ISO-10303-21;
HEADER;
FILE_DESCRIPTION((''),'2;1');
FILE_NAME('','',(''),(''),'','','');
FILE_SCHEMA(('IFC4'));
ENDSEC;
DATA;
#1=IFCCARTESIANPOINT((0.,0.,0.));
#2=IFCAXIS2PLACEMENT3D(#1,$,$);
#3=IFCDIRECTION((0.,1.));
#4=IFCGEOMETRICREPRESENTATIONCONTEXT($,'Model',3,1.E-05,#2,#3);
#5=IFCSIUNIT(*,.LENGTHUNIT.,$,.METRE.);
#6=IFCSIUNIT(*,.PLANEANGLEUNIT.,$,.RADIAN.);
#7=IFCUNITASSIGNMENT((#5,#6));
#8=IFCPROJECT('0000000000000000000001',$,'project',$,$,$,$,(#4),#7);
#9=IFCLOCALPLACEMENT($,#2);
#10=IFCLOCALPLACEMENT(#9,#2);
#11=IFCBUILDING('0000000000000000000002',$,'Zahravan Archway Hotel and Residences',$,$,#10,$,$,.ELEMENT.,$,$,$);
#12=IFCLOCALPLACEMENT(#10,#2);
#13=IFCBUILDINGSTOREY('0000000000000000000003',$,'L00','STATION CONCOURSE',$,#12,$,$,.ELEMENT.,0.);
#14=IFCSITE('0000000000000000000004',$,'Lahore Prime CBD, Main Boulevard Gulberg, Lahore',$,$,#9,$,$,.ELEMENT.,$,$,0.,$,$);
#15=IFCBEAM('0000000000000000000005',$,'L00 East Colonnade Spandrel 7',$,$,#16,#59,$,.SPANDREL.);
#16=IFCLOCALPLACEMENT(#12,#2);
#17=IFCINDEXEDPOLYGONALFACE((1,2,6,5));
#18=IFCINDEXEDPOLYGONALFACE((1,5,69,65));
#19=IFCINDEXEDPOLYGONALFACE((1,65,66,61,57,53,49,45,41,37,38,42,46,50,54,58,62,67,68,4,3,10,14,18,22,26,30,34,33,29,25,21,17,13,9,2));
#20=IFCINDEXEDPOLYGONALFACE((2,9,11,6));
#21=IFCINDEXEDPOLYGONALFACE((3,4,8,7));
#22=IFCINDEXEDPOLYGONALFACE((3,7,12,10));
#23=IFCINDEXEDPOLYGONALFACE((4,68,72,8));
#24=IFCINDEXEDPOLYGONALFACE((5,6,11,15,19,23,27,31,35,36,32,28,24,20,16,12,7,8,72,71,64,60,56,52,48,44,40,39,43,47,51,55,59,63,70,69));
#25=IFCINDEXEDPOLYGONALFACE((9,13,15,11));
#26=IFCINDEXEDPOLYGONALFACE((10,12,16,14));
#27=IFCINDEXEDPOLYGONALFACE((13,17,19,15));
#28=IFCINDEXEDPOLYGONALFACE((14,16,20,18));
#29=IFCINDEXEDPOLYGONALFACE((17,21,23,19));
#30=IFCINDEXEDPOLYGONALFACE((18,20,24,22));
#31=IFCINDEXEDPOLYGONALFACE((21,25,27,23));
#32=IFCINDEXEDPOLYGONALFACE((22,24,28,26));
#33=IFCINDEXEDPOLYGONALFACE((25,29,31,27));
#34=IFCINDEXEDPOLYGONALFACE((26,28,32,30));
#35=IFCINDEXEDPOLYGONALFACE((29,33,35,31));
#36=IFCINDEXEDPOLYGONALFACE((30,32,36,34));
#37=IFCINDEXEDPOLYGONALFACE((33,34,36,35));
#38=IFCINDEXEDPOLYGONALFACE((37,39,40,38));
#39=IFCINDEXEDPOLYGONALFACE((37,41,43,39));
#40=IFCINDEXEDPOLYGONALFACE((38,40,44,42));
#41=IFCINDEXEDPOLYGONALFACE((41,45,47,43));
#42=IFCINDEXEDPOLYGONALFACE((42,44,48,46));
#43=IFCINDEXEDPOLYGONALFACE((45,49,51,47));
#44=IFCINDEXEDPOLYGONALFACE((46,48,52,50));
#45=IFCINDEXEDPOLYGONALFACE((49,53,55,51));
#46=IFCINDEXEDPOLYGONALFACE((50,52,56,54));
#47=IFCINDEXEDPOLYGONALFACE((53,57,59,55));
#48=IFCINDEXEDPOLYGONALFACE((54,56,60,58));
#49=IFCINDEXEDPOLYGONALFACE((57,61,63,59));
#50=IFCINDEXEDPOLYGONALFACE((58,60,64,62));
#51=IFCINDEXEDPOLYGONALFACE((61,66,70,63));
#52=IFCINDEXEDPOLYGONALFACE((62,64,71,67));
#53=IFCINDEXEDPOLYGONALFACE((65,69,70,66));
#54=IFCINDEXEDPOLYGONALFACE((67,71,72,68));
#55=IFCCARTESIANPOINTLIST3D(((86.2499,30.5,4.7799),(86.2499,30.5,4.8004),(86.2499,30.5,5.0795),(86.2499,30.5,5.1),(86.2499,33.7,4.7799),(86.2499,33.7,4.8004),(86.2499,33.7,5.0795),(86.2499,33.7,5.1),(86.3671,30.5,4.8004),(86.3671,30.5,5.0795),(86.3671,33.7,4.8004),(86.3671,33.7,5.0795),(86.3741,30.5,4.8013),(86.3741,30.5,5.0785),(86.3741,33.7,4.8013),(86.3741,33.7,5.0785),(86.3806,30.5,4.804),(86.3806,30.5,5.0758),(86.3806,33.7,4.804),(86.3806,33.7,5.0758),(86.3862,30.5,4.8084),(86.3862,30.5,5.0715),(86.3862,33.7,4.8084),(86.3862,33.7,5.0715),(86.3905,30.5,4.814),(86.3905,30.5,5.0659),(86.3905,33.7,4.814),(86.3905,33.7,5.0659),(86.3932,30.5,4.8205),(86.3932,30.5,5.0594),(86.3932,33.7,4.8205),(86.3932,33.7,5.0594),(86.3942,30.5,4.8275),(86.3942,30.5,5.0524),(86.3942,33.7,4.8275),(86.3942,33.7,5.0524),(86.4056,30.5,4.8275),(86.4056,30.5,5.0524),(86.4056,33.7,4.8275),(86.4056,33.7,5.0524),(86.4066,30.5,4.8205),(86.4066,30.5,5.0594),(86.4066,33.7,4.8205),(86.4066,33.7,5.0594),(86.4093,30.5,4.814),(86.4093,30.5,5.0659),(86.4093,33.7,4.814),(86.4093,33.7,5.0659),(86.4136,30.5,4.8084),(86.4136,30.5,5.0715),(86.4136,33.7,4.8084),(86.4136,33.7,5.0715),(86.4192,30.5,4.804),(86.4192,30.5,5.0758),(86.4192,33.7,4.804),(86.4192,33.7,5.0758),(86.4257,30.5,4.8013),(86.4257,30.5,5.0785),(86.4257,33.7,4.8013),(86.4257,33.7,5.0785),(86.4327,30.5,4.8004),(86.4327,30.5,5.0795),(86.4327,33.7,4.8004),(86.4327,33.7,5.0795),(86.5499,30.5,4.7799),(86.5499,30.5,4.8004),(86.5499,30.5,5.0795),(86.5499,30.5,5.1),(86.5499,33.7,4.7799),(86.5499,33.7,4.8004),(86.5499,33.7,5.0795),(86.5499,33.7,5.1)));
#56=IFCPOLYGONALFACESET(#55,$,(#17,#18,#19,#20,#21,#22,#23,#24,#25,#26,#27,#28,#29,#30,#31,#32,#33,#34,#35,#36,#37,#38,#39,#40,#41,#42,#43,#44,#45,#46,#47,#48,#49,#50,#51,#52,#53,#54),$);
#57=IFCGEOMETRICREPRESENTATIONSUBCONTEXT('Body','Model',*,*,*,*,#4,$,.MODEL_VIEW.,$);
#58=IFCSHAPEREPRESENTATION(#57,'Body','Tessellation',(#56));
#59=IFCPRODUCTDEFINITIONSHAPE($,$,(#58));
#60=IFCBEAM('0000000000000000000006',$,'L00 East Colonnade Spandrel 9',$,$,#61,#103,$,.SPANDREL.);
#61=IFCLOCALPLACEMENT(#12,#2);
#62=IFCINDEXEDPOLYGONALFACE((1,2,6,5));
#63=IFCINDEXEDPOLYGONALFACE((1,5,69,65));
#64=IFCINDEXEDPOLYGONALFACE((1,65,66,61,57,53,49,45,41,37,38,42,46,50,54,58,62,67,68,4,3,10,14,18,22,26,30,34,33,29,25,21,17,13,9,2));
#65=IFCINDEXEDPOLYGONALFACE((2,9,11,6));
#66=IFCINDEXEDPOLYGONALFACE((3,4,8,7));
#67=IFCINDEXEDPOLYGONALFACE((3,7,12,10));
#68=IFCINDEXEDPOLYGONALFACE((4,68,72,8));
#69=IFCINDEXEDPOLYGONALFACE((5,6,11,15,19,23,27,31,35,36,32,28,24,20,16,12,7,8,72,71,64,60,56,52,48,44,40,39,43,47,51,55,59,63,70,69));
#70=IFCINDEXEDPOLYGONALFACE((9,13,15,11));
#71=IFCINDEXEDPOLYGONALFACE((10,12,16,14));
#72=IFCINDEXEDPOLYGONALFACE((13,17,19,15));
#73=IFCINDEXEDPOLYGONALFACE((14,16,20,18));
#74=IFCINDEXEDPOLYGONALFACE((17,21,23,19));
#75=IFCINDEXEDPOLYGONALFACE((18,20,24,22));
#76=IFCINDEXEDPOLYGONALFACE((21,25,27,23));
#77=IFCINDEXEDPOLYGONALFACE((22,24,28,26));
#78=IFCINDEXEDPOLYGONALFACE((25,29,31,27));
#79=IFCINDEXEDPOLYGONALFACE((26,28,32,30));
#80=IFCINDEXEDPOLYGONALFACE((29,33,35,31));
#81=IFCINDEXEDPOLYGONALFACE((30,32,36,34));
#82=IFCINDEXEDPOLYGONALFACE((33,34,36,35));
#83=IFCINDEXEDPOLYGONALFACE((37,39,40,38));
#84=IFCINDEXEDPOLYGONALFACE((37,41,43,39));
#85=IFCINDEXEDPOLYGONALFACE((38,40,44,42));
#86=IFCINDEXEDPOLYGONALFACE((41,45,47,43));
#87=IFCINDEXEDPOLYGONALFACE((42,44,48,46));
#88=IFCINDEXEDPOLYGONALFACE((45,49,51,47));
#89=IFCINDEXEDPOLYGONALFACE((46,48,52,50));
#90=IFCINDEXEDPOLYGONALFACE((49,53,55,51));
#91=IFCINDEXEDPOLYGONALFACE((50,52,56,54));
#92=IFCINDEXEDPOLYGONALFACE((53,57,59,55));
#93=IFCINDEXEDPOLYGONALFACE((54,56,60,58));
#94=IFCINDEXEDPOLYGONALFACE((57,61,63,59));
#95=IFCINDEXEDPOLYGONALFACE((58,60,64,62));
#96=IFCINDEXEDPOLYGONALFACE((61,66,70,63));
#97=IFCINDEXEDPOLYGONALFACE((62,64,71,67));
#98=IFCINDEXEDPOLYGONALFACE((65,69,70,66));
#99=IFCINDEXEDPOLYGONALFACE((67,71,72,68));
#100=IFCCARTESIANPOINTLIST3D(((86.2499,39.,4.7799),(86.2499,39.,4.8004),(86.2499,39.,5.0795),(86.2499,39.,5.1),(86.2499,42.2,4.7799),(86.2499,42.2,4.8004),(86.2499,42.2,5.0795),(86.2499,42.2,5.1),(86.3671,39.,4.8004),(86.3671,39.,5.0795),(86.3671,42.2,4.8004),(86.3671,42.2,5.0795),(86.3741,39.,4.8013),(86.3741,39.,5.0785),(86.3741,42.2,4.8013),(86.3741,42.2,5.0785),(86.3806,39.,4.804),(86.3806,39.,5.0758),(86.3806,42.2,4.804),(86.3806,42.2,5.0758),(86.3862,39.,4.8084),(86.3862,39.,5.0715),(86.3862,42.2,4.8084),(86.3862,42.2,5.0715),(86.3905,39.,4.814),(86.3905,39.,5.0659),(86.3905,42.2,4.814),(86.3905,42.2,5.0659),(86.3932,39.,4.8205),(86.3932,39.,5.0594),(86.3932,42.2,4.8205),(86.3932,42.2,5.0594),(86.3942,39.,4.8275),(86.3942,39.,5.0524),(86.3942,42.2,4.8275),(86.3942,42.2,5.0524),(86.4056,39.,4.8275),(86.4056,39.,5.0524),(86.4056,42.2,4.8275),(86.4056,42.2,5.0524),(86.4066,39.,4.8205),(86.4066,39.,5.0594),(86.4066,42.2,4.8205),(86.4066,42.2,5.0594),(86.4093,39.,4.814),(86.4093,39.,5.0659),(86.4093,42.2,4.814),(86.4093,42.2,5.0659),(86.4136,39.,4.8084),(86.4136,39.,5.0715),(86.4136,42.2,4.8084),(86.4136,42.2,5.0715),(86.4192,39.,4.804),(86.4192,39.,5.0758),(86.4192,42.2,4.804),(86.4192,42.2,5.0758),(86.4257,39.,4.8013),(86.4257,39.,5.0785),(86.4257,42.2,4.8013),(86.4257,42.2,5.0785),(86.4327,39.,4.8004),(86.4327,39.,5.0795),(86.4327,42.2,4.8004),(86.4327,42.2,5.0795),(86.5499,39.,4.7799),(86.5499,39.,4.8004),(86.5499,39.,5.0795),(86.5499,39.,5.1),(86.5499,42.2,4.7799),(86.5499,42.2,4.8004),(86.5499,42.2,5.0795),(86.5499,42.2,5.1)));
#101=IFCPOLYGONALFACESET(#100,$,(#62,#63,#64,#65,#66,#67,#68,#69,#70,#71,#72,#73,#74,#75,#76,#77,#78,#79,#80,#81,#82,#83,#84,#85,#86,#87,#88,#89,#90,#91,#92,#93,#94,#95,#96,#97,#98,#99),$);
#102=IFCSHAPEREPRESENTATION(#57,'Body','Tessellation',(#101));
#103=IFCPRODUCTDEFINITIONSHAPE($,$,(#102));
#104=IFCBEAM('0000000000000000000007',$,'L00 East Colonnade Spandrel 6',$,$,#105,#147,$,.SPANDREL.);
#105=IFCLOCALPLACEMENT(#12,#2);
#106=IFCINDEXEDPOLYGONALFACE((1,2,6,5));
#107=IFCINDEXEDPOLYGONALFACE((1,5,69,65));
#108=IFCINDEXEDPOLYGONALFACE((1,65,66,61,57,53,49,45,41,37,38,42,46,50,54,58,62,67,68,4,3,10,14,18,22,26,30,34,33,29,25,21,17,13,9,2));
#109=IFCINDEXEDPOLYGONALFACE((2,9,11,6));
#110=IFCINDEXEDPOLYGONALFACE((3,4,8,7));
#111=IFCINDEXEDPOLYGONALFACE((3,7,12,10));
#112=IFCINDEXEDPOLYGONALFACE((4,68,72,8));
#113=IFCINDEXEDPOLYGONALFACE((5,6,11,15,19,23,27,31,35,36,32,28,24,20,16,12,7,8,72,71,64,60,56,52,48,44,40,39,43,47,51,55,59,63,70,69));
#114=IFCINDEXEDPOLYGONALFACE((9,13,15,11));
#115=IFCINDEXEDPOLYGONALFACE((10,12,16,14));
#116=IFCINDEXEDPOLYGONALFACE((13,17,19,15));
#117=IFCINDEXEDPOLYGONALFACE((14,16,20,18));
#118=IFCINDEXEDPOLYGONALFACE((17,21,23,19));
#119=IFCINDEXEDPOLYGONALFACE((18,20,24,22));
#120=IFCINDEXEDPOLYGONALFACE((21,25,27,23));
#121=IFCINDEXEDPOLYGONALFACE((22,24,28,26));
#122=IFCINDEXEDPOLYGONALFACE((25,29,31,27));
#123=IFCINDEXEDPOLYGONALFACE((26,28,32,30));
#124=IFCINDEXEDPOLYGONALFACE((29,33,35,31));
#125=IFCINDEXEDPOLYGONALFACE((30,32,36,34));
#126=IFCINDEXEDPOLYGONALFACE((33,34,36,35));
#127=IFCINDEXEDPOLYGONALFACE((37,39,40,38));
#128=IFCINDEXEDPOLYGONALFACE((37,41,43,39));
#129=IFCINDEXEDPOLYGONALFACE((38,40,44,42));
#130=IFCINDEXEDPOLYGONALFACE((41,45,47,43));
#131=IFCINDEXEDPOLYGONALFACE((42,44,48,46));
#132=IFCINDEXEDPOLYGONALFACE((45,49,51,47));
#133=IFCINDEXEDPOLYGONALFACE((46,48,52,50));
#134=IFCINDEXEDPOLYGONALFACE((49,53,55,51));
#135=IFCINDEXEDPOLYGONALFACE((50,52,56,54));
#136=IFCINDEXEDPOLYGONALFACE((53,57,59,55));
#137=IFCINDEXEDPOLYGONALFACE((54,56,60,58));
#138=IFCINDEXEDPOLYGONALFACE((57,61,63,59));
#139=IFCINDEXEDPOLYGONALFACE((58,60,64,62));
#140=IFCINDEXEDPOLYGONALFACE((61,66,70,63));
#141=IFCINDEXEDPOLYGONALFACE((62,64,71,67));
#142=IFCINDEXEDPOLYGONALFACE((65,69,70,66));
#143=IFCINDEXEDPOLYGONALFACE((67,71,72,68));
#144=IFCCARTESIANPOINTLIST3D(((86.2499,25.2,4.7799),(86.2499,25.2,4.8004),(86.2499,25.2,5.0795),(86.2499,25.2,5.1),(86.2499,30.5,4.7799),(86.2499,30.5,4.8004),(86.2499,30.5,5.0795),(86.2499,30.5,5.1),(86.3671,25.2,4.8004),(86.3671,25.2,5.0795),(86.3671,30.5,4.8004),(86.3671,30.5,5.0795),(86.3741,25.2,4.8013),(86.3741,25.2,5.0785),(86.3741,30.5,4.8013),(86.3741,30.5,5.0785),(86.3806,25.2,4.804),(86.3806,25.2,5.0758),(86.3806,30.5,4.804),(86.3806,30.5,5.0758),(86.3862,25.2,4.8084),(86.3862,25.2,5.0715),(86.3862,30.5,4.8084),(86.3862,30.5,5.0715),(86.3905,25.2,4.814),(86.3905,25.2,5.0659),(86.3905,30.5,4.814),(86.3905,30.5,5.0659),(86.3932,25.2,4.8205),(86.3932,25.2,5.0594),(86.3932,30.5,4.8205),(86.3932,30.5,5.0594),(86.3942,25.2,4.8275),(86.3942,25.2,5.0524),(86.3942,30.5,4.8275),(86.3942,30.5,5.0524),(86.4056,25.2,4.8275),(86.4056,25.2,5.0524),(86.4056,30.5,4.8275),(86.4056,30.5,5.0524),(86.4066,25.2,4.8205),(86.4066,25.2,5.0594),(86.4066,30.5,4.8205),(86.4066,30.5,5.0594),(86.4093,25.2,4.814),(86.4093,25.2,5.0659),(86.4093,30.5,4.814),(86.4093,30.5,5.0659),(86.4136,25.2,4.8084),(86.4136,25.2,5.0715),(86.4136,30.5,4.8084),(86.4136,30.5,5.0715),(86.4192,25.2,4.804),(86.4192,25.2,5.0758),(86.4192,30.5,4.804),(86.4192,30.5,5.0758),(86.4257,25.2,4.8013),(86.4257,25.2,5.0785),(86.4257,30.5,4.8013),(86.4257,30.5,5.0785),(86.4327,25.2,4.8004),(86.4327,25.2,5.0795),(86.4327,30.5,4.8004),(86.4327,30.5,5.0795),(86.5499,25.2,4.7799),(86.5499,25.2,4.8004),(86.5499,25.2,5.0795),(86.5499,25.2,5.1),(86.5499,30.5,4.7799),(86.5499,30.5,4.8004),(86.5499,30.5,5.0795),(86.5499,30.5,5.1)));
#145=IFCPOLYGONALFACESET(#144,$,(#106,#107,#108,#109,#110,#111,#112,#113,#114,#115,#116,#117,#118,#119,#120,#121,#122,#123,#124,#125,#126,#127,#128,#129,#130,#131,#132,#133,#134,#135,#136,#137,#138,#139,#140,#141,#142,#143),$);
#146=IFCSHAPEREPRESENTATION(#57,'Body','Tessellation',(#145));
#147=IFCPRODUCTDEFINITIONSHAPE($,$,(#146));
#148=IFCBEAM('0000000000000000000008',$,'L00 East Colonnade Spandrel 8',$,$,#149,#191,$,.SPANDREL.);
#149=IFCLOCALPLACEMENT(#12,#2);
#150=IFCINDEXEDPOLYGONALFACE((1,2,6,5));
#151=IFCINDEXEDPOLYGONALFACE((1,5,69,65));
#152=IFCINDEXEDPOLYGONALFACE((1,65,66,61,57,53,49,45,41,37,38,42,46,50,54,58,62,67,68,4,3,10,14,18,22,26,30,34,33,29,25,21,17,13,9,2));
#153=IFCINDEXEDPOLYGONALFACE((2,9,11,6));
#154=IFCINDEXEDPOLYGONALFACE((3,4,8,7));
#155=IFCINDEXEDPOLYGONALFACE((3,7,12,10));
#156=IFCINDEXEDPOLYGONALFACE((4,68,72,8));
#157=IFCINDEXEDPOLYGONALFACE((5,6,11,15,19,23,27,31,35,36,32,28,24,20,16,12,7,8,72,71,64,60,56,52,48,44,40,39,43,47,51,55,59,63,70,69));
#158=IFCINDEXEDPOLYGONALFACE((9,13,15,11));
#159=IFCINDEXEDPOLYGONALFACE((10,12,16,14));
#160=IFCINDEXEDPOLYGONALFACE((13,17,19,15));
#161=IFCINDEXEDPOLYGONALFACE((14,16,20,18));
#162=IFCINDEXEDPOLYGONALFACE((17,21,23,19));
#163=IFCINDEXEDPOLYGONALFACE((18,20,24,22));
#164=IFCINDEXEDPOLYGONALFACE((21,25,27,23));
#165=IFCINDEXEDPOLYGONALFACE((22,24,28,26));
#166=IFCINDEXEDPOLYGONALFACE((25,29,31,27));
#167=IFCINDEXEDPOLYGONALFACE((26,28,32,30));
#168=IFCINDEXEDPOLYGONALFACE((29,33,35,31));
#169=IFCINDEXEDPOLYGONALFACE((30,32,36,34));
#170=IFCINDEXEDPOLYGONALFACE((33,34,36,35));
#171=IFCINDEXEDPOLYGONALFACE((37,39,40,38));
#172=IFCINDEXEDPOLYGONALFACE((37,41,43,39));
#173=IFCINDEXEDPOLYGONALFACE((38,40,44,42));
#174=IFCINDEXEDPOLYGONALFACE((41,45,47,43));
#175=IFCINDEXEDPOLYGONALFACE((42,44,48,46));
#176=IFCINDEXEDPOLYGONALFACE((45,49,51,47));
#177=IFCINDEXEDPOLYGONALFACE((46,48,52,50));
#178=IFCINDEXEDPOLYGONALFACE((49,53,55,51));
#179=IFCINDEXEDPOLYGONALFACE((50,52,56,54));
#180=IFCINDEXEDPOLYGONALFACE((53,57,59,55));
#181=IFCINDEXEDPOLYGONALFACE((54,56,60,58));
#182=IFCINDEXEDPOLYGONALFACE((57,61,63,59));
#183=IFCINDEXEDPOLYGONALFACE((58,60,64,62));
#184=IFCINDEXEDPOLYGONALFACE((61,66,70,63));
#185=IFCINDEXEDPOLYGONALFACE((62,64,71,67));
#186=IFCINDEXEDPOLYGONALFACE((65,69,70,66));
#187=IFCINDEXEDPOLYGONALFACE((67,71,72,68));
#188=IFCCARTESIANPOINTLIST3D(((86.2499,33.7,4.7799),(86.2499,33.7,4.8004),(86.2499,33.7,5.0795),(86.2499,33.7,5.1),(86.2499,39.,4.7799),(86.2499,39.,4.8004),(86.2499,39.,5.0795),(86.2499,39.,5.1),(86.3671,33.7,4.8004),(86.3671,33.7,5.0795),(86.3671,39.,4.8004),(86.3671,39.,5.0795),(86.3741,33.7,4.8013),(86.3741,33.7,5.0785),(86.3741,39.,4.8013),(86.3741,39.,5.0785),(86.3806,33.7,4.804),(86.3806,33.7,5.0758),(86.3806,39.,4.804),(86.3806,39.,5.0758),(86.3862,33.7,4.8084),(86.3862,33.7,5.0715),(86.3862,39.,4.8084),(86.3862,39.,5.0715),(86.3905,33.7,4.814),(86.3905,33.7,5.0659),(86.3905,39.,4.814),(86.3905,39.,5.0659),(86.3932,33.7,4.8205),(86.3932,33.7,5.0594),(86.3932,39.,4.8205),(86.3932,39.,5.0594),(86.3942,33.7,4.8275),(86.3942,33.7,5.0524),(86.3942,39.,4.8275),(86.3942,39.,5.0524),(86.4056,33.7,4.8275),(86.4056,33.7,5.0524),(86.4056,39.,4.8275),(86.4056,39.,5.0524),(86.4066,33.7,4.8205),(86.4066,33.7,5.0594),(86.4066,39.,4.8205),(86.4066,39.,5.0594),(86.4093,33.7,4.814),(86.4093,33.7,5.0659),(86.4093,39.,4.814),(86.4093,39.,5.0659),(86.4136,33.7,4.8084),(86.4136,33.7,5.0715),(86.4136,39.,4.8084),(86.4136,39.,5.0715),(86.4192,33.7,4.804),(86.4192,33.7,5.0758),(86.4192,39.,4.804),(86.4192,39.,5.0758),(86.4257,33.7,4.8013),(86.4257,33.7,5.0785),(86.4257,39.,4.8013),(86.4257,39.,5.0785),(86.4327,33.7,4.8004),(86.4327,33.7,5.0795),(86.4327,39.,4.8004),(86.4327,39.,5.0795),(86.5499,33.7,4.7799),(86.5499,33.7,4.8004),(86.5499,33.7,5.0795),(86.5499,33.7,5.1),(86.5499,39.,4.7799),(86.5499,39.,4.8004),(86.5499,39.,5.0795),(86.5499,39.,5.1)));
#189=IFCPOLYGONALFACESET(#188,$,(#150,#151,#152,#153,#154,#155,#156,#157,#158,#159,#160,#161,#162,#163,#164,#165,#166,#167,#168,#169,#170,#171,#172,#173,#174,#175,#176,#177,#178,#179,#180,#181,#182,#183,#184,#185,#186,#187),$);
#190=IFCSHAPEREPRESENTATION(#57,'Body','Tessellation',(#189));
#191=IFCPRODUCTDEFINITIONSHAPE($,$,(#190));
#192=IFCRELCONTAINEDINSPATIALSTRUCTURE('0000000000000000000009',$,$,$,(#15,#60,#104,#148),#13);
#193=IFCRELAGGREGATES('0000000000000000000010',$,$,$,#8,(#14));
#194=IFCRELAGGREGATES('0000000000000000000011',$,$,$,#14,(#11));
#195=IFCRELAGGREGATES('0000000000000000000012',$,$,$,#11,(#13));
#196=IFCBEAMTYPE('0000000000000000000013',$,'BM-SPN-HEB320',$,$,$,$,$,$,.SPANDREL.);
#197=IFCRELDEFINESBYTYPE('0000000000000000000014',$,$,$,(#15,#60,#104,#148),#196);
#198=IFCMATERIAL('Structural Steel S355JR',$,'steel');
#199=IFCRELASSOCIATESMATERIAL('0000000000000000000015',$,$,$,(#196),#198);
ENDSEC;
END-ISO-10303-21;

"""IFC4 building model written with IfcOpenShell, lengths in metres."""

from ifc_helpers import new_model, si_unit, direction, frame, origin, origin_2d, place, context, subcontext, project, spatial, i_section, extrude, source, transform, mapped, material, material_profile, profile_set, type_object, element, save


model = new_model("IFC4")

# Units and contexts
model_context = context("Model", 3, precision=1e-05, world=origin(), true_north=direction((0.0, 1.0)))
body_context = subcontext(model_context, "Body", "Model", "MODEL_VIEW")
ifc_project = project(units=[si_unit("LENGTHUNIT", "METRE"), si_unit("PLANEANGLEUNIT", "RADIAN")], contexts=[model_context])

# Site, building, storey
site_placement = place(None, origin())
site = spatial("IfcSite", under=ifc_project, at=site_placement, Name="Lahore Prime CBD, Main Boulevard Gulberg, Lahore", CompositionType="ELEMENT", RefElevation=0.0)
building_placement = place(site_placement, origin())
building = spatial("IfcBuilding", under=site, at=building_placement, Name="Zahravan Archway Hotel and Residences", CompositionType="ELEMENT")
storey_placement = place(building_placement, origin())
storey = spatial("IfcBuildingStorey", under=building, at=storey_placement, Name="L00", Description="STATION CONCOURSE", CompositionType="ELEMENT", Elevation=0.0)

# Beams
ifc_material_1 = material(Name="Structural Steel S355JR", Category="steel")
ifc_material_profile_1 = material_profile(ifc_material_1, i_section(OverallWidth=0.3, OverallDepth=0.3201, WebThickness=0.0115, FlangeThickness=0.0205, FilletRadius=0.0271, at=origin_2d()), Name="HEB 320", Category="steel")
ifc_profile_set_1 = profile_set([ifc_material_profile_1], Name="Structural Steel S355JR")
beam_type_1 = type_object("IfcBeamType", Name="BM-SPN-HEB320", PredefinedType="SPANDREL", material=ifc_profile_set_1)
shared_shape_1 = source(origin(), body_context, "Body", "SweptSolid", [
    extrude(i_section(OverallWidth=0.3, OverallDepth=0.3201, WebThickness=0.0115, FlangeThickness=0.0205, FilletRadius=0.0271, at=origin_2d()), origin(), (0.0, 0.0, 1.0), 3.2),
])
for number, where, z_axis, x_axis, name in (
    (1, (86.3999, 30.5, 4.9399), (0.0, 1.0, 0.0), (-1.0, 0.0, 0.0), "L00 East Colonnade Spandrel 7"),
    (2, (86.3999, 39.0, 4.9399), (0.0, 1.0, 0.0), (-1.0, 0.0, 0.0), "L00 East Colonnade Spandrel 9"),
):
    element("IfcBeam", number, at=place(storey_placement, frame(where, z_axis=z_axis, x_axis=x_axis)), inside=storey, type_object=beam_type_1, Name=name, PredefinedType="SPANDREL", context=body_context, shape_type="MappedRepresentation", body=[
        mapped(shared_shape_1, transform((0.0, 0.0, 0.0), scale=1.0)),
    ])
shared_shape_2 = source(origin(), body_context, "Body", "SweptSolid", [
    extrude(i_section(OverallWidth=0.3, OverallDepth=0.3201, WebThickness=0.0115, FlangeThickness=0.0205, FilletRadius=0.0271, at=origin_2d()), origin(), (0.0, 0.0, 1.0), 5.3),
])
for number, where, z_axis, x_axis, name in (
    (3, (86.3999, 25.2, 4.9399), (0.0, 1.0, 0.0), (-1.0, 0.0, 0.0), "L00 East Colonnade Spandrel 6"),
    (4, (86.3999, 33.7, 4.9399), (0.0, 1.0, 0.0), (-1.0, 0.0, 0.0), "L00 East Colonnade Spandrel 8"),
):
    element("IfcBeam", number, at=place(storey_placement, frame(where, z_axis=z_axis, x_axis=x_axis)), inside=storey, type_object=beam_type_1, Name=name, PredefinedType="SPANDREL", context=body_context, shape_type="MappedRepresentation", body=[
        mapped(shared_shape_2, transform((0.0, 0.0, 0.0), scale=1.0)),
    ])

save(model, "model.ifc")
